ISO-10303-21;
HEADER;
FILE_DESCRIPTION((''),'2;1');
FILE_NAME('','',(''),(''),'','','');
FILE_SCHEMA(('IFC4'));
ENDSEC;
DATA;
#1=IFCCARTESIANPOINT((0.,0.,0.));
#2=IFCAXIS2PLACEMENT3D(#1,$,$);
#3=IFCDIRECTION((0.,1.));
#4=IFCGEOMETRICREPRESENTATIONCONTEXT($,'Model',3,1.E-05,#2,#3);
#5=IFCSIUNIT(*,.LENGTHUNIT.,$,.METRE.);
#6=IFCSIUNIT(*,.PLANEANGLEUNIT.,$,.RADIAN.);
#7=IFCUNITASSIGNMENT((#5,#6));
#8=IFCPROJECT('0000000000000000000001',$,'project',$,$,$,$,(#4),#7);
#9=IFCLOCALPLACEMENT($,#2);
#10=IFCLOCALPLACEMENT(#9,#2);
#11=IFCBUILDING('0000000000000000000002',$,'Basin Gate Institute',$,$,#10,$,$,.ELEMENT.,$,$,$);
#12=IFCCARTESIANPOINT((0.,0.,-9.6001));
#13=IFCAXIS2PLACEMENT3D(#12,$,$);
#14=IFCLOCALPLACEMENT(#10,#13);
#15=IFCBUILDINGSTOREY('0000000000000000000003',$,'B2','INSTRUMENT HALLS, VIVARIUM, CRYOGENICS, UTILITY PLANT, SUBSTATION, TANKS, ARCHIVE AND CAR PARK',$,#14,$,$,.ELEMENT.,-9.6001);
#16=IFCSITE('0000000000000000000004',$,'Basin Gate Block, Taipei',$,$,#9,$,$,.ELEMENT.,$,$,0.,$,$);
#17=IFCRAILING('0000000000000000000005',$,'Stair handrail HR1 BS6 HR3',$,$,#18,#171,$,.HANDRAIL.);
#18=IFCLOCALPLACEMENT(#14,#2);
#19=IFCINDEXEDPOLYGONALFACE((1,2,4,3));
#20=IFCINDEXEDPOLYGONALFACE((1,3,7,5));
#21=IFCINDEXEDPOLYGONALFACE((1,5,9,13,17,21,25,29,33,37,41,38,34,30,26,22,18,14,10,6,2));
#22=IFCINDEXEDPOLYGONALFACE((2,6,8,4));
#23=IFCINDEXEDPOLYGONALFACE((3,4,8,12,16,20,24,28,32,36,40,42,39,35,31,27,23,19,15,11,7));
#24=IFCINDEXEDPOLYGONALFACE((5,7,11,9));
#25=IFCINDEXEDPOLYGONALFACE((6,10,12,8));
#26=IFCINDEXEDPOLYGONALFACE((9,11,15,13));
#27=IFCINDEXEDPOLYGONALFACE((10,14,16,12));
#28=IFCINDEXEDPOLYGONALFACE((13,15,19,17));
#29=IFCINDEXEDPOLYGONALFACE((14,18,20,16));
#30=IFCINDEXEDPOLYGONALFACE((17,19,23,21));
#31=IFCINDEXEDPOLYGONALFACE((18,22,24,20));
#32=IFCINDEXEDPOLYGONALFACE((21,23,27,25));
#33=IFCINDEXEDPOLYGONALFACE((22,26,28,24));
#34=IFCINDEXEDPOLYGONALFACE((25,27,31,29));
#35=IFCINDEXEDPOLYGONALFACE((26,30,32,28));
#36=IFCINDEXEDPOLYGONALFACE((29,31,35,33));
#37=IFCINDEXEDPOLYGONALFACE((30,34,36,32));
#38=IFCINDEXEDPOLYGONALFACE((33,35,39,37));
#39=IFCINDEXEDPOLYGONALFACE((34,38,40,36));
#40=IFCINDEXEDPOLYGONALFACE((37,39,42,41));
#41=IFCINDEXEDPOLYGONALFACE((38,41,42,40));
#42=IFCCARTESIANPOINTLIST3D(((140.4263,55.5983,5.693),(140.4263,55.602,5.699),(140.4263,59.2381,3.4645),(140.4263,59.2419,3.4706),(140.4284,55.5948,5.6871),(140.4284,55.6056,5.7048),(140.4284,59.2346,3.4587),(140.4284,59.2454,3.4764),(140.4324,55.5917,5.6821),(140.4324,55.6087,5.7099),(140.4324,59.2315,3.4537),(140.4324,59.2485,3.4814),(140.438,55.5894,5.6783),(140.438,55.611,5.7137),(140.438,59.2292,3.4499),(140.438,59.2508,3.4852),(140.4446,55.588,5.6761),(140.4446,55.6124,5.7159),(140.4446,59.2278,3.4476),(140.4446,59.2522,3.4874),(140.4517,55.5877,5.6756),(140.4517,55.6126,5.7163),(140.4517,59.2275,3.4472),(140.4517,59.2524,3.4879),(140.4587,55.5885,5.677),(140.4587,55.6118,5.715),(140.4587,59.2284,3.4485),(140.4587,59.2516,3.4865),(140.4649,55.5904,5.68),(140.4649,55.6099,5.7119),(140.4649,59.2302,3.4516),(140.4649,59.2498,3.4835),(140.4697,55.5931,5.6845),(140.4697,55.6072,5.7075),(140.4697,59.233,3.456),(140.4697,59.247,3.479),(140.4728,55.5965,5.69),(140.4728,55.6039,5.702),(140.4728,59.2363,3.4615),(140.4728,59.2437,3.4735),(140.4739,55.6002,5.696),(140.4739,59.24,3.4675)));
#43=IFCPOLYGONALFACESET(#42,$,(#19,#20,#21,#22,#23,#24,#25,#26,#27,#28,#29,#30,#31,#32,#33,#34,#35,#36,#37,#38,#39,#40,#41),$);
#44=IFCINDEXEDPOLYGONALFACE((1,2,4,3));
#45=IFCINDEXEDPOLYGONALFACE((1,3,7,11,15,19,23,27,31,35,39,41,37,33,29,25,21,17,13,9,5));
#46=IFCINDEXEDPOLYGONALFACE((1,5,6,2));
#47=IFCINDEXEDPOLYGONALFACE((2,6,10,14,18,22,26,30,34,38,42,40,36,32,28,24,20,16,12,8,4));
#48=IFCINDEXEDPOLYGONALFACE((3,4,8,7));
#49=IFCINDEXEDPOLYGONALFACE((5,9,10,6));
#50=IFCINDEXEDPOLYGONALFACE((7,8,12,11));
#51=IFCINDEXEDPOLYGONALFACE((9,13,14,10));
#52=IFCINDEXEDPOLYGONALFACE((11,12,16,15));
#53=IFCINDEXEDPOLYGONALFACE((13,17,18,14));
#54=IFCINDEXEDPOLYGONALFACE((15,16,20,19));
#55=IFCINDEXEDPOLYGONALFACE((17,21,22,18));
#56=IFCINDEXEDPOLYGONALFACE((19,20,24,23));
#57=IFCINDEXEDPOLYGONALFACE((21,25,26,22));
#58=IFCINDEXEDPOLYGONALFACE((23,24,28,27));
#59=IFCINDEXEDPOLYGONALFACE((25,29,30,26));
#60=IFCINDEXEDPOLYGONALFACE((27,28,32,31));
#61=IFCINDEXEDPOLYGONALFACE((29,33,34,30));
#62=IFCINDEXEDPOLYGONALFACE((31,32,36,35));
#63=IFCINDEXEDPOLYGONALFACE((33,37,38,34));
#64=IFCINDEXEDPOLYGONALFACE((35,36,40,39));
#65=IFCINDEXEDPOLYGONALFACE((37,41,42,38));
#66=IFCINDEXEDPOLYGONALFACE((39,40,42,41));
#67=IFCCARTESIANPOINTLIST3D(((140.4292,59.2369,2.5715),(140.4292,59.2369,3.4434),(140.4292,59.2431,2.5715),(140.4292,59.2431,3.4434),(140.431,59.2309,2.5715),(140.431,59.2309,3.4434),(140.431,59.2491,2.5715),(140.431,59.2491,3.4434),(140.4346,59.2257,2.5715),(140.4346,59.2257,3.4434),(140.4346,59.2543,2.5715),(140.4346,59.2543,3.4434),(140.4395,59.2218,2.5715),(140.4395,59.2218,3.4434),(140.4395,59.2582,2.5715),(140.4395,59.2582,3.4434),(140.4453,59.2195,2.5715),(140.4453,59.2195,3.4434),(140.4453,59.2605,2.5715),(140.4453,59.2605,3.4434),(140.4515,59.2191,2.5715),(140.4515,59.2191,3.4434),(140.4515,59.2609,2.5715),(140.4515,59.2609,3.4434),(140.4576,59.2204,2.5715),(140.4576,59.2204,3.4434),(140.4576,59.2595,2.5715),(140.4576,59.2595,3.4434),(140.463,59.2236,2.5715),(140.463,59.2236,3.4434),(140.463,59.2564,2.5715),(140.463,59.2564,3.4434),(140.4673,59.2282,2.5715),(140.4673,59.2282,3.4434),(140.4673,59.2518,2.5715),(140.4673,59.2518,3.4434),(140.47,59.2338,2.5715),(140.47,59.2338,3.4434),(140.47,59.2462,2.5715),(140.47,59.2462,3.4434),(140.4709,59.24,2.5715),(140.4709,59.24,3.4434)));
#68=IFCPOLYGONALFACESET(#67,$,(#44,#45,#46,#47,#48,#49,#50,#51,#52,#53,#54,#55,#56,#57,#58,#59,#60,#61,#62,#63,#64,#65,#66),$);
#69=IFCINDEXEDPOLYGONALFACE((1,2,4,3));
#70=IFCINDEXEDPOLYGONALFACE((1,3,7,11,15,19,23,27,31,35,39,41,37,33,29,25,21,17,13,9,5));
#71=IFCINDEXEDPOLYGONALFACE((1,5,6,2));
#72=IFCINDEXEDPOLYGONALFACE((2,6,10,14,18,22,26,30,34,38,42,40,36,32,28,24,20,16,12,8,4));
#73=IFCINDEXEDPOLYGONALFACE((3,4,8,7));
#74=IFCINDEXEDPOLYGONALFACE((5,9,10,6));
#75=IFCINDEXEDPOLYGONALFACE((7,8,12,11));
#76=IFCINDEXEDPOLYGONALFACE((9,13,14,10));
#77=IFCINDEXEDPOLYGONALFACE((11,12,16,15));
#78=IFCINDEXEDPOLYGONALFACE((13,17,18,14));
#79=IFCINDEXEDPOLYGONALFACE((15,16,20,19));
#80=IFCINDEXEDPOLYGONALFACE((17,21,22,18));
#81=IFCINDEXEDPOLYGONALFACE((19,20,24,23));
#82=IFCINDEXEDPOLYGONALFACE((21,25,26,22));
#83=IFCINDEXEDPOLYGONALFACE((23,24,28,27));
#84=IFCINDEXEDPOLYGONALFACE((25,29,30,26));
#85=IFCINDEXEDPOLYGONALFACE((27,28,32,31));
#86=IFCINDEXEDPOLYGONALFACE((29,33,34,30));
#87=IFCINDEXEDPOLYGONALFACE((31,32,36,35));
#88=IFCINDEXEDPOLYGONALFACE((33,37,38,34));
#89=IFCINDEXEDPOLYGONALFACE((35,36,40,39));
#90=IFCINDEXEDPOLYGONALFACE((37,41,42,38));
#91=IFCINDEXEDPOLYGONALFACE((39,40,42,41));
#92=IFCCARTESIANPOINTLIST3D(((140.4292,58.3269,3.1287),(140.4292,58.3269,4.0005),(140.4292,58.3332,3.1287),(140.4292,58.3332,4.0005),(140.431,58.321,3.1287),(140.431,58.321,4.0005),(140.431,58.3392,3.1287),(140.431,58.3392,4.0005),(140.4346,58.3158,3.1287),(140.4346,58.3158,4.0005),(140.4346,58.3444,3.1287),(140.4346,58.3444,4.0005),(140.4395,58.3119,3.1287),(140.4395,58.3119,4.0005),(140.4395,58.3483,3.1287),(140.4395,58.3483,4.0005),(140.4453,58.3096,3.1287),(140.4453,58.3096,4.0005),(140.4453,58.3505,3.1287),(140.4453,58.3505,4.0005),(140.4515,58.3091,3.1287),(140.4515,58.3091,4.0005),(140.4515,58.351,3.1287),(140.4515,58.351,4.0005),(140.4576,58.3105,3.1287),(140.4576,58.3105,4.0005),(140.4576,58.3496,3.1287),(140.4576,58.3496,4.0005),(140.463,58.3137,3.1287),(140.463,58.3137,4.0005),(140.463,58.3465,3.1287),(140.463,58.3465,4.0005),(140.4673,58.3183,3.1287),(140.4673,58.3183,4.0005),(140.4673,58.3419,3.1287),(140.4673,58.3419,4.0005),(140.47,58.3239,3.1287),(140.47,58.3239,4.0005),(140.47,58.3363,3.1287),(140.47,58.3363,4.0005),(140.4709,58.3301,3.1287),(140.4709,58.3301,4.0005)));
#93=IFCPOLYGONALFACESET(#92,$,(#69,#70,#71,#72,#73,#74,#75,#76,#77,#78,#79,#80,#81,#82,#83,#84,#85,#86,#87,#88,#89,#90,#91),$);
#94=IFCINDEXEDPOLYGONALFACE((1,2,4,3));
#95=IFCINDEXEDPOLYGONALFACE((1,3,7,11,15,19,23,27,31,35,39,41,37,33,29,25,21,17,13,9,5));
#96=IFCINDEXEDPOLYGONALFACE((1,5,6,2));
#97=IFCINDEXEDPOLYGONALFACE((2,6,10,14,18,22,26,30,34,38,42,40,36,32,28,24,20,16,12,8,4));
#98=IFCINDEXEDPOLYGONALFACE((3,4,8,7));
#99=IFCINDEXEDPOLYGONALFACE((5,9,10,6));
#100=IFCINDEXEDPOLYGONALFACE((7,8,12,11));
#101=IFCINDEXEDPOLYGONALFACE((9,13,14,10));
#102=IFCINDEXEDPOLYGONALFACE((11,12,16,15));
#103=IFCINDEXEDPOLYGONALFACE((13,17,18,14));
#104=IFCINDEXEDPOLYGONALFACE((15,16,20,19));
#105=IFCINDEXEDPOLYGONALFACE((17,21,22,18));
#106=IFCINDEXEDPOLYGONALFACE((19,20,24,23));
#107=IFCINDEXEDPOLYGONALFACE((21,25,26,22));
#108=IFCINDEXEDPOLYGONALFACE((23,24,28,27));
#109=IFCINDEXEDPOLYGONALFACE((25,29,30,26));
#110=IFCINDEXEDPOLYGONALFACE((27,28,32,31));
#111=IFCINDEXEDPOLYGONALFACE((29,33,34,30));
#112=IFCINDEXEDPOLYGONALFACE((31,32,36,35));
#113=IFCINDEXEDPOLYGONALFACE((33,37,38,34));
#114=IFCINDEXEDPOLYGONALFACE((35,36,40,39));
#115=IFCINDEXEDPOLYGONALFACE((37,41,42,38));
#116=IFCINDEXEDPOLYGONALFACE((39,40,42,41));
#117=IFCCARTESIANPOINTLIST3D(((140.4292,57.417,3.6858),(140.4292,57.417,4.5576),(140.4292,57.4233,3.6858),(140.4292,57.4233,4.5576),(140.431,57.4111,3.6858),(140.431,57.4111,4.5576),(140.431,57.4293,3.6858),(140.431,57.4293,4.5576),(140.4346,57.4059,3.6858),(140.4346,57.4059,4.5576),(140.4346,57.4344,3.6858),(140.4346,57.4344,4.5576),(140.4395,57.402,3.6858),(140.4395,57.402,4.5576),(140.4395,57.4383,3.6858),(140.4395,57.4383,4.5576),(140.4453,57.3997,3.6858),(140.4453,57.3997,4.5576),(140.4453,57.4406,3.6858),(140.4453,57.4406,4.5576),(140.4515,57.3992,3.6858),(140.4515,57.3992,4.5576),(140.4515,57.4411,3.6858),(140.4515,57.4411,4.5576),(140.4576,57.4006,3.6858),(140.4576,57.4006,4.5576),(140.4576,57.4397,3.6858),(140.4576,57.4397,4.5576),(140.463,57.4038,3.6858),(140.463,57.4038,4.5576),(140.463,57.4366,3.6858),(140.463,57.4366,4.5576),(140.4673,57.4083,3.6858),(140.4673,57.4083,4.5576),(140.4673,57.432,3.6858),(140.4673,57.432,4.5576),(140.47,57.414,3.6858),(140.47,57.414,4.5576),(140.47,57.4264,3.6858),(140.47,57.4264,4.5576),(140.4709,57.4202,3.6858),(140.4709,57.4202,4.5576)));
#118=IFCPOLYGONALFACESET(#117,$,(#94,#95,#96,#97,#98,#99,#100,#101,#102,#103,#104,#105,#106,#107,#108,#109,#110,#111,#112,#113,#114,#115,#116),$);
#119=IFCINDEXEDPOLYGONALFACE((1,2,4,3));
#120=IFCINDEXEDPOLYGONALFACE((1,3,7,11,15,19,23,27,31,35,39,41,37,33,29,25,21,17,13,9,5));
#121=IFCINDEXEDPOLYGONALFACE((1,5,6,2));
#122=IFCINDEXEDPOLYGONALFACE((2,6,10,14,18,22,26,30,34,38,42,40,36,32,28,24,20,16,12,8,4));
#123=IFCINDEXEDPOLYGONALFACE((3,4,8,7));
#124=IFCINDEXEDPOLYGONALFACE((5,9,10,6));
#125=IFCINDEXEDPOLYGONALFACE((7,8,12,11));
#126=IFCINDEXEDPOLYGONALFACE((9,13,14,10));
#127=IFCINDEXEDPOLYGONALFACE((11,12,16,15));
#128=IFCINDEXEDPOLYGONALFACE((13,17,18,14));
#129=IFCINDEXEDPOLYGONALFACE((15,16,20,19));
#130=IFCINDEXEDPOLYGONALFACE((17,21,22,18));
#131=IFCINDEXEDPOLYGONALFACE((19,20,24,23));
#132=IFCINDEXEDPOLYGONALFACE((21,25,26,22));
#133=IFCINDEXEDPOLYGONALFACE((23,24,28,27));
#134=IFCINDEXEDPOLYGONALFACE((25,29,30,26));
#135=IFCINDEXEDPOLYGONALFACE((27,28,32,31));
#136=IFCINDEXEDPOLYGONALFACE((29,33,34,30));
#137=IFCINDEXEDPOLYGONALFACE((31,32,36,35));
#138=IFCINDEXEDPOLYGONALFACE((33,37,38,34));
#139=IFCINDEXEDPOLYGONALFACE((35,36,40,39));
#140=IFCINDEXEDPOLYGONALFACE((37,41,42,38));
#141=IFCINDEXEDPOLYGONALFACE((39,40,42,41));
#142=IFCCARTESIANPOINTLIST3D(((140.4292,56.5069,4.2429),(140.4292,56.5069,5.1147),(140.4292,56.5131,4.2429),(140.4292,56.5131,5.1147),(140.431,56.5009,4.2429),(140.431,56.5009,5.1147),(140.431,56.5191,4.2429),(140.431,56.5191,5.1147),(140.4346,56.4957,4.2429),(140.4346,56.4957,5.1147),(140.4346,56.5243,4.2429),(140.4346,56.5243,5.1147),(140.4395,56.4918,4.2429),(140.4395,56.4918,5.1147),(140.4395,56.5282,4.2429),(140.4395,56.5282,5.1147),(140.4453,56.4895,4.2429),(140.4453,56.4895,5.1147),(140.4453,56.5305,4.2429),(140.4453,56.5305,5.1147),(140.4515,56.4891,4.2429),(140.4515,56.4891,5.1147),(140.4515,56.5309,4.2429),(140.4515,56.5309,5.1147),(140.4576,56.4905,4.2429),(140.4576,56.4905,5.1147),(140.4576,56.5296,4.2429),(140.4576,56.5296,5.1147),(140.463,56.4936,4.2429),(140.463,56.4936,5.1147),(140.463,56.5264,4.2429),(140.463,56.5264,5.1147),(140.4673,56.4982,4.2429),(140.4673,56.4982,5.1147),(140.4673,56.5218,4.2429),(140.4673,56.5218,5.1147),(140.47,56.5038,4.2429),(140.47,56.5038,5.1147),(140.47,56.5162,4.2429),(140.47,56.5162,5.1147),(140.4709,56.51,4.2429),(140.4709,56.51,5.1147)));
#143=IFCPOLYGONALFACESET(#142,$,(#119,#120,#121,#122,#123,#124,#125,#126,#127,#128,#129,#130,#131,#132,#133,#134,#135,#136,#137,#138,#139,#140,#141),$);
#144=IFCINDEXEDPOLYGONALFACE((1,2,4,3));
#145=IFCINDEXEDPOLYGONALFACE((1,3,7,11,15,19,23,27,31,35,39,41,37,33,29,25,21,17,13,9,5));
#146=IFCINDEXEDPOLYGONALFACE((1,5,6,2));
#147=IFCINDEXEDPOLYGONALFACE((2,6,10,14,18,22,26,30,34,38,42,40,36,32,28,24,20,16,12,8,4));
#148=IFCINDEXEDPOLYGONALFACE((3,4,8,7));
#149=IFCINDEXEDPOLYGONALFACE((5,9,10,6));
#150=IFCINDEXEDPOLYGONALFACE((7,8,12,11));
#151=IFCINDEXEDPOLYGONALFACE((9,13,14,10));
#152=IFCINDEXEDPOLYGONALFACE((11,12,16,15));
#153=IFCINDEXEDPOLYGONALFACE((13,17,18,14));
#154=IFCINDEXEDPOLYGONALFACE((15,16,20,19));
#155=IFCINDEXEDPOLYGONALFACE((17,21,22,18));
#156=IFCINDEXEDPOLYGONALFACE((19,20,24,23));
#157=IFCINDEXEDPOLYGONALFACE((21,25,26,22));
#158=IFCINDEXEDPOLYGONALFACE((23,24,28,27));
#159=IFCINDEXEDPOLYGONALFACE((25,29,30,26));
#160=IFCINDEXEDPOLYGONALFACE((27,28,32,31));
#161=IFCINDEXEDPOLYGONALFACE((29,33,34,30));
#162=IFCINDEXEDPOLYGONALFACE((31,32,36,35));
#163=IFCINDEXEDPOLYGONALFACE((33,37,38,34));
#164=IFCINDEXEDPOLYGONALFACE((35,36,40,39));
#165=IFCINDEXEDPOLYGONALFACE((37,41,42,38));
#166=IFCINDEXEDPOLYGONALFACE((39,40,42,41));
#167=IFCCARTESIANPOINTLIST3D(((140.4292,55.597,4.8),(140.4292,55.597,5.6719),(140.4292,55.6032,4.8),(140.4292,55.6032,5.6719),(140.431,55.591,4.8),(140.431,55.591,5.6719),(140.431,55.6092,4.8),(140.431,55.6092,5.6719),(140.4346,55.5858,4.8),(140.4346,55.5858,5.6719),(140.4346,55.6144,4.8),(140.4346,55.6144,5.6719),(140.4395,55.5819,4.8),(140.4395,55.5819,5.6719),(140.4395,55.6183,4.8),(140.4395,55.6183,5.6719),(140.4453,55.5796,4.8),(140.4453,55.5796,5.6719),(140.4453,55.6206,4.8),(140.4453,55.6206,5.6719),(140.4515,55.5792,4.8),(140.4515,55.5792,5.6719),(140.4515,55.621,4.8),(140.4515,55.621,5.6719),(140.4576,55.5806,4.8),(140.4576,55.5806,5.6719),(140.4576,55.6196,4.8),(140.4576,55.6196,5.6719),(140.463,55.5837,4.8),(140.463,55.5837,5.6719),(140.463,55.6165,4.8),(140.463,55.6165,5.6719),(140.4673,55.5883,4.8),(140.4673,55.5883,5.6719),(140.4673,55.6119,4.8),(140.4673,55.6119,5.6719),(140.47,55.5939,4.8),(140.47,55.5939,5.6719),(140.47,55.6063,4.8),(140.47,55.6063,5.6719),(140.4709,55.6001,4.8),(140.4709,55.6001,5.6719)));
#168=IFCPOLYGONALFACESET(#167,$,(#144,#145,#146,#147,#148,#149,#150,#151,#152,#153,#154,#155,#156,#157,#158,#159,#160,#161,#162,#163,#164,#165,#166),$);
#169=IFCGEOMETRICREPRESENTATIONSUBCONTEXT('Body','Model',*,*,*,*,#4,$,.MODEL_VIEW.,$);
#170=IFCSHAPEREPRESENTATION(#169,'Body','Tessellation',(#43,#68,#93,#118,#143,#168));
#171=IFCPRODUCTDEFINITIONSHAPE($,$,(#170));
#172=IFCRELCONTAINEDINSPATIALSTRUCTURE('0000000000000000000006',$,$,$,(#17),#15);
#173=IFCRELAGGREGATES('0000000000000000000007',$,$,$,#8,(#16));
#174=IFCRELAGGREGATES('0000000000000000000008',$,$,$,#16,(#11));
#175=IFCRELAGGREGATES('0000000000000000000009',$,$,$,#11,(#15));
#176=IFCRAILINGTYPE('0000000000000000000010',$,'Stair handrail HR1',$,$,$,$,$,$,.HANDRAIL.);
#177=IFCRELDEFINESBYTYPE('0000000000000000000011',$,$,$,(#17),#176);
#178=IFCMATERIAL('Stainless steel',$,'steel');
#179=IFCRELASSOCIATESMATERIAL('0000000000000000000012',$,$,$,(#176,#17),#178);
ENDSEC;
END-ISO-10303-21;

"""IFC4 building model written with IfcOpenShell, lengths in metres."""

from ifc_helpers import new_model, si_unit, direction, frame, origin, origin_2d, place, context, subcontext, project, spatial, circle, extrude, material, type_object, element, save


model = new_model("IFC4")

# Units and contexts
model_context = context("Model", 3, precision=1e-05, world=origin(), true_north=direction((0.0, 1.0)))
body_context = subcontext(model_context, "Body", "Model", "MODEL_VIEW")
ifc_project = project(units=[si_unit("LENGTHUNIT", "METRE"), si_unit("PLANEANGLEUNIT", "RADIAN")], contexts=[model_context])

# Site, building, storey
site_placement = place(None, origin())
site = spatial("IfcSite", under=ifc_project, at=site_placement, Name="Basin Gate Block, Taipei", CompositionType="ELEMENT", RefElevation=0.0)
building_placement = place(site_placement, origin())
building = spatial("IfcBuilding", under=site, at=building_placement, Name="Basin Gate Institute", CompositionType="ELEMENT")
storey_placement = place(building_placement, frame((0.0, 0.0, -9.6001)))
storey = spatial("IfcBuildingStorey", under=building, at=storey_placement, Name="B2", Description="INSTRUMENT HALLS, VIVARIUM, CRYOGENICS, UTILITY PLANT, SUBSTATION, TANKS, ARCHIVE AND CAR PARK", CompositionType="ELEMENT", Elevation=-9.6001)

# Railing
ifc_material_1 = material(Name="Stainless steel", Category="steel")
railing_type_1 = type_object("IfcRailingType", Name="Stair handrail HR1", PredefinedType="HANDRAIL", material=ifc_material_1)
railing_1_placement = place(storey_placement, frame((140.45, 59.24, 2.5715)))
element("IfcRailing", 1, at=railing_1_placement, inside=storey, type_object=railing_type_1, material=ifc_material_1, Name="Stair handrail HR1 BS6 HR3", PredefinedType="HANDRAIL", context=body_context, shape_type="SweptSolid", body=[
    extrude(circle(Radius=0.0239, at=origin_2d()), frame((0.0, 0.0, 0.896), z_axis=(0.0, -0.85285, 0.522156), x_axis=(1.0, 0.0, 0.0)), (0.0, 0.0, 1.0), 4.2678),
    extrude(circle(Radius=0.021, at=origin_2d()), origin(), (0.0, 0.0, 1.0), 0.8718),
    extrude(circle(Radius=0.021, at=origin_2d()), frame((0.0, -0.9099, 0.5571)), (0.0, 0.0, 1.0), 0.8718),
    extrude(circle(Radius=0.021, at=origin_2d()), frame((0.0, -1.8198, 1.1143)), (0.0, 0.0, 1.0), 0.8718),
    extrude(circle(Radius=0.021, at=origin_2d()), frame((0.0, -2.73, 1.6714)), (0.0, 0.0, 1.0), 0.8718),
    extrude(circle(Radius=0.021, at=origin_2d()), frame((0.0, -3.6399, 2.2285)), (0.0, 0.0, 1.0), 0.8718),
])

save(model, "model.ifc")
